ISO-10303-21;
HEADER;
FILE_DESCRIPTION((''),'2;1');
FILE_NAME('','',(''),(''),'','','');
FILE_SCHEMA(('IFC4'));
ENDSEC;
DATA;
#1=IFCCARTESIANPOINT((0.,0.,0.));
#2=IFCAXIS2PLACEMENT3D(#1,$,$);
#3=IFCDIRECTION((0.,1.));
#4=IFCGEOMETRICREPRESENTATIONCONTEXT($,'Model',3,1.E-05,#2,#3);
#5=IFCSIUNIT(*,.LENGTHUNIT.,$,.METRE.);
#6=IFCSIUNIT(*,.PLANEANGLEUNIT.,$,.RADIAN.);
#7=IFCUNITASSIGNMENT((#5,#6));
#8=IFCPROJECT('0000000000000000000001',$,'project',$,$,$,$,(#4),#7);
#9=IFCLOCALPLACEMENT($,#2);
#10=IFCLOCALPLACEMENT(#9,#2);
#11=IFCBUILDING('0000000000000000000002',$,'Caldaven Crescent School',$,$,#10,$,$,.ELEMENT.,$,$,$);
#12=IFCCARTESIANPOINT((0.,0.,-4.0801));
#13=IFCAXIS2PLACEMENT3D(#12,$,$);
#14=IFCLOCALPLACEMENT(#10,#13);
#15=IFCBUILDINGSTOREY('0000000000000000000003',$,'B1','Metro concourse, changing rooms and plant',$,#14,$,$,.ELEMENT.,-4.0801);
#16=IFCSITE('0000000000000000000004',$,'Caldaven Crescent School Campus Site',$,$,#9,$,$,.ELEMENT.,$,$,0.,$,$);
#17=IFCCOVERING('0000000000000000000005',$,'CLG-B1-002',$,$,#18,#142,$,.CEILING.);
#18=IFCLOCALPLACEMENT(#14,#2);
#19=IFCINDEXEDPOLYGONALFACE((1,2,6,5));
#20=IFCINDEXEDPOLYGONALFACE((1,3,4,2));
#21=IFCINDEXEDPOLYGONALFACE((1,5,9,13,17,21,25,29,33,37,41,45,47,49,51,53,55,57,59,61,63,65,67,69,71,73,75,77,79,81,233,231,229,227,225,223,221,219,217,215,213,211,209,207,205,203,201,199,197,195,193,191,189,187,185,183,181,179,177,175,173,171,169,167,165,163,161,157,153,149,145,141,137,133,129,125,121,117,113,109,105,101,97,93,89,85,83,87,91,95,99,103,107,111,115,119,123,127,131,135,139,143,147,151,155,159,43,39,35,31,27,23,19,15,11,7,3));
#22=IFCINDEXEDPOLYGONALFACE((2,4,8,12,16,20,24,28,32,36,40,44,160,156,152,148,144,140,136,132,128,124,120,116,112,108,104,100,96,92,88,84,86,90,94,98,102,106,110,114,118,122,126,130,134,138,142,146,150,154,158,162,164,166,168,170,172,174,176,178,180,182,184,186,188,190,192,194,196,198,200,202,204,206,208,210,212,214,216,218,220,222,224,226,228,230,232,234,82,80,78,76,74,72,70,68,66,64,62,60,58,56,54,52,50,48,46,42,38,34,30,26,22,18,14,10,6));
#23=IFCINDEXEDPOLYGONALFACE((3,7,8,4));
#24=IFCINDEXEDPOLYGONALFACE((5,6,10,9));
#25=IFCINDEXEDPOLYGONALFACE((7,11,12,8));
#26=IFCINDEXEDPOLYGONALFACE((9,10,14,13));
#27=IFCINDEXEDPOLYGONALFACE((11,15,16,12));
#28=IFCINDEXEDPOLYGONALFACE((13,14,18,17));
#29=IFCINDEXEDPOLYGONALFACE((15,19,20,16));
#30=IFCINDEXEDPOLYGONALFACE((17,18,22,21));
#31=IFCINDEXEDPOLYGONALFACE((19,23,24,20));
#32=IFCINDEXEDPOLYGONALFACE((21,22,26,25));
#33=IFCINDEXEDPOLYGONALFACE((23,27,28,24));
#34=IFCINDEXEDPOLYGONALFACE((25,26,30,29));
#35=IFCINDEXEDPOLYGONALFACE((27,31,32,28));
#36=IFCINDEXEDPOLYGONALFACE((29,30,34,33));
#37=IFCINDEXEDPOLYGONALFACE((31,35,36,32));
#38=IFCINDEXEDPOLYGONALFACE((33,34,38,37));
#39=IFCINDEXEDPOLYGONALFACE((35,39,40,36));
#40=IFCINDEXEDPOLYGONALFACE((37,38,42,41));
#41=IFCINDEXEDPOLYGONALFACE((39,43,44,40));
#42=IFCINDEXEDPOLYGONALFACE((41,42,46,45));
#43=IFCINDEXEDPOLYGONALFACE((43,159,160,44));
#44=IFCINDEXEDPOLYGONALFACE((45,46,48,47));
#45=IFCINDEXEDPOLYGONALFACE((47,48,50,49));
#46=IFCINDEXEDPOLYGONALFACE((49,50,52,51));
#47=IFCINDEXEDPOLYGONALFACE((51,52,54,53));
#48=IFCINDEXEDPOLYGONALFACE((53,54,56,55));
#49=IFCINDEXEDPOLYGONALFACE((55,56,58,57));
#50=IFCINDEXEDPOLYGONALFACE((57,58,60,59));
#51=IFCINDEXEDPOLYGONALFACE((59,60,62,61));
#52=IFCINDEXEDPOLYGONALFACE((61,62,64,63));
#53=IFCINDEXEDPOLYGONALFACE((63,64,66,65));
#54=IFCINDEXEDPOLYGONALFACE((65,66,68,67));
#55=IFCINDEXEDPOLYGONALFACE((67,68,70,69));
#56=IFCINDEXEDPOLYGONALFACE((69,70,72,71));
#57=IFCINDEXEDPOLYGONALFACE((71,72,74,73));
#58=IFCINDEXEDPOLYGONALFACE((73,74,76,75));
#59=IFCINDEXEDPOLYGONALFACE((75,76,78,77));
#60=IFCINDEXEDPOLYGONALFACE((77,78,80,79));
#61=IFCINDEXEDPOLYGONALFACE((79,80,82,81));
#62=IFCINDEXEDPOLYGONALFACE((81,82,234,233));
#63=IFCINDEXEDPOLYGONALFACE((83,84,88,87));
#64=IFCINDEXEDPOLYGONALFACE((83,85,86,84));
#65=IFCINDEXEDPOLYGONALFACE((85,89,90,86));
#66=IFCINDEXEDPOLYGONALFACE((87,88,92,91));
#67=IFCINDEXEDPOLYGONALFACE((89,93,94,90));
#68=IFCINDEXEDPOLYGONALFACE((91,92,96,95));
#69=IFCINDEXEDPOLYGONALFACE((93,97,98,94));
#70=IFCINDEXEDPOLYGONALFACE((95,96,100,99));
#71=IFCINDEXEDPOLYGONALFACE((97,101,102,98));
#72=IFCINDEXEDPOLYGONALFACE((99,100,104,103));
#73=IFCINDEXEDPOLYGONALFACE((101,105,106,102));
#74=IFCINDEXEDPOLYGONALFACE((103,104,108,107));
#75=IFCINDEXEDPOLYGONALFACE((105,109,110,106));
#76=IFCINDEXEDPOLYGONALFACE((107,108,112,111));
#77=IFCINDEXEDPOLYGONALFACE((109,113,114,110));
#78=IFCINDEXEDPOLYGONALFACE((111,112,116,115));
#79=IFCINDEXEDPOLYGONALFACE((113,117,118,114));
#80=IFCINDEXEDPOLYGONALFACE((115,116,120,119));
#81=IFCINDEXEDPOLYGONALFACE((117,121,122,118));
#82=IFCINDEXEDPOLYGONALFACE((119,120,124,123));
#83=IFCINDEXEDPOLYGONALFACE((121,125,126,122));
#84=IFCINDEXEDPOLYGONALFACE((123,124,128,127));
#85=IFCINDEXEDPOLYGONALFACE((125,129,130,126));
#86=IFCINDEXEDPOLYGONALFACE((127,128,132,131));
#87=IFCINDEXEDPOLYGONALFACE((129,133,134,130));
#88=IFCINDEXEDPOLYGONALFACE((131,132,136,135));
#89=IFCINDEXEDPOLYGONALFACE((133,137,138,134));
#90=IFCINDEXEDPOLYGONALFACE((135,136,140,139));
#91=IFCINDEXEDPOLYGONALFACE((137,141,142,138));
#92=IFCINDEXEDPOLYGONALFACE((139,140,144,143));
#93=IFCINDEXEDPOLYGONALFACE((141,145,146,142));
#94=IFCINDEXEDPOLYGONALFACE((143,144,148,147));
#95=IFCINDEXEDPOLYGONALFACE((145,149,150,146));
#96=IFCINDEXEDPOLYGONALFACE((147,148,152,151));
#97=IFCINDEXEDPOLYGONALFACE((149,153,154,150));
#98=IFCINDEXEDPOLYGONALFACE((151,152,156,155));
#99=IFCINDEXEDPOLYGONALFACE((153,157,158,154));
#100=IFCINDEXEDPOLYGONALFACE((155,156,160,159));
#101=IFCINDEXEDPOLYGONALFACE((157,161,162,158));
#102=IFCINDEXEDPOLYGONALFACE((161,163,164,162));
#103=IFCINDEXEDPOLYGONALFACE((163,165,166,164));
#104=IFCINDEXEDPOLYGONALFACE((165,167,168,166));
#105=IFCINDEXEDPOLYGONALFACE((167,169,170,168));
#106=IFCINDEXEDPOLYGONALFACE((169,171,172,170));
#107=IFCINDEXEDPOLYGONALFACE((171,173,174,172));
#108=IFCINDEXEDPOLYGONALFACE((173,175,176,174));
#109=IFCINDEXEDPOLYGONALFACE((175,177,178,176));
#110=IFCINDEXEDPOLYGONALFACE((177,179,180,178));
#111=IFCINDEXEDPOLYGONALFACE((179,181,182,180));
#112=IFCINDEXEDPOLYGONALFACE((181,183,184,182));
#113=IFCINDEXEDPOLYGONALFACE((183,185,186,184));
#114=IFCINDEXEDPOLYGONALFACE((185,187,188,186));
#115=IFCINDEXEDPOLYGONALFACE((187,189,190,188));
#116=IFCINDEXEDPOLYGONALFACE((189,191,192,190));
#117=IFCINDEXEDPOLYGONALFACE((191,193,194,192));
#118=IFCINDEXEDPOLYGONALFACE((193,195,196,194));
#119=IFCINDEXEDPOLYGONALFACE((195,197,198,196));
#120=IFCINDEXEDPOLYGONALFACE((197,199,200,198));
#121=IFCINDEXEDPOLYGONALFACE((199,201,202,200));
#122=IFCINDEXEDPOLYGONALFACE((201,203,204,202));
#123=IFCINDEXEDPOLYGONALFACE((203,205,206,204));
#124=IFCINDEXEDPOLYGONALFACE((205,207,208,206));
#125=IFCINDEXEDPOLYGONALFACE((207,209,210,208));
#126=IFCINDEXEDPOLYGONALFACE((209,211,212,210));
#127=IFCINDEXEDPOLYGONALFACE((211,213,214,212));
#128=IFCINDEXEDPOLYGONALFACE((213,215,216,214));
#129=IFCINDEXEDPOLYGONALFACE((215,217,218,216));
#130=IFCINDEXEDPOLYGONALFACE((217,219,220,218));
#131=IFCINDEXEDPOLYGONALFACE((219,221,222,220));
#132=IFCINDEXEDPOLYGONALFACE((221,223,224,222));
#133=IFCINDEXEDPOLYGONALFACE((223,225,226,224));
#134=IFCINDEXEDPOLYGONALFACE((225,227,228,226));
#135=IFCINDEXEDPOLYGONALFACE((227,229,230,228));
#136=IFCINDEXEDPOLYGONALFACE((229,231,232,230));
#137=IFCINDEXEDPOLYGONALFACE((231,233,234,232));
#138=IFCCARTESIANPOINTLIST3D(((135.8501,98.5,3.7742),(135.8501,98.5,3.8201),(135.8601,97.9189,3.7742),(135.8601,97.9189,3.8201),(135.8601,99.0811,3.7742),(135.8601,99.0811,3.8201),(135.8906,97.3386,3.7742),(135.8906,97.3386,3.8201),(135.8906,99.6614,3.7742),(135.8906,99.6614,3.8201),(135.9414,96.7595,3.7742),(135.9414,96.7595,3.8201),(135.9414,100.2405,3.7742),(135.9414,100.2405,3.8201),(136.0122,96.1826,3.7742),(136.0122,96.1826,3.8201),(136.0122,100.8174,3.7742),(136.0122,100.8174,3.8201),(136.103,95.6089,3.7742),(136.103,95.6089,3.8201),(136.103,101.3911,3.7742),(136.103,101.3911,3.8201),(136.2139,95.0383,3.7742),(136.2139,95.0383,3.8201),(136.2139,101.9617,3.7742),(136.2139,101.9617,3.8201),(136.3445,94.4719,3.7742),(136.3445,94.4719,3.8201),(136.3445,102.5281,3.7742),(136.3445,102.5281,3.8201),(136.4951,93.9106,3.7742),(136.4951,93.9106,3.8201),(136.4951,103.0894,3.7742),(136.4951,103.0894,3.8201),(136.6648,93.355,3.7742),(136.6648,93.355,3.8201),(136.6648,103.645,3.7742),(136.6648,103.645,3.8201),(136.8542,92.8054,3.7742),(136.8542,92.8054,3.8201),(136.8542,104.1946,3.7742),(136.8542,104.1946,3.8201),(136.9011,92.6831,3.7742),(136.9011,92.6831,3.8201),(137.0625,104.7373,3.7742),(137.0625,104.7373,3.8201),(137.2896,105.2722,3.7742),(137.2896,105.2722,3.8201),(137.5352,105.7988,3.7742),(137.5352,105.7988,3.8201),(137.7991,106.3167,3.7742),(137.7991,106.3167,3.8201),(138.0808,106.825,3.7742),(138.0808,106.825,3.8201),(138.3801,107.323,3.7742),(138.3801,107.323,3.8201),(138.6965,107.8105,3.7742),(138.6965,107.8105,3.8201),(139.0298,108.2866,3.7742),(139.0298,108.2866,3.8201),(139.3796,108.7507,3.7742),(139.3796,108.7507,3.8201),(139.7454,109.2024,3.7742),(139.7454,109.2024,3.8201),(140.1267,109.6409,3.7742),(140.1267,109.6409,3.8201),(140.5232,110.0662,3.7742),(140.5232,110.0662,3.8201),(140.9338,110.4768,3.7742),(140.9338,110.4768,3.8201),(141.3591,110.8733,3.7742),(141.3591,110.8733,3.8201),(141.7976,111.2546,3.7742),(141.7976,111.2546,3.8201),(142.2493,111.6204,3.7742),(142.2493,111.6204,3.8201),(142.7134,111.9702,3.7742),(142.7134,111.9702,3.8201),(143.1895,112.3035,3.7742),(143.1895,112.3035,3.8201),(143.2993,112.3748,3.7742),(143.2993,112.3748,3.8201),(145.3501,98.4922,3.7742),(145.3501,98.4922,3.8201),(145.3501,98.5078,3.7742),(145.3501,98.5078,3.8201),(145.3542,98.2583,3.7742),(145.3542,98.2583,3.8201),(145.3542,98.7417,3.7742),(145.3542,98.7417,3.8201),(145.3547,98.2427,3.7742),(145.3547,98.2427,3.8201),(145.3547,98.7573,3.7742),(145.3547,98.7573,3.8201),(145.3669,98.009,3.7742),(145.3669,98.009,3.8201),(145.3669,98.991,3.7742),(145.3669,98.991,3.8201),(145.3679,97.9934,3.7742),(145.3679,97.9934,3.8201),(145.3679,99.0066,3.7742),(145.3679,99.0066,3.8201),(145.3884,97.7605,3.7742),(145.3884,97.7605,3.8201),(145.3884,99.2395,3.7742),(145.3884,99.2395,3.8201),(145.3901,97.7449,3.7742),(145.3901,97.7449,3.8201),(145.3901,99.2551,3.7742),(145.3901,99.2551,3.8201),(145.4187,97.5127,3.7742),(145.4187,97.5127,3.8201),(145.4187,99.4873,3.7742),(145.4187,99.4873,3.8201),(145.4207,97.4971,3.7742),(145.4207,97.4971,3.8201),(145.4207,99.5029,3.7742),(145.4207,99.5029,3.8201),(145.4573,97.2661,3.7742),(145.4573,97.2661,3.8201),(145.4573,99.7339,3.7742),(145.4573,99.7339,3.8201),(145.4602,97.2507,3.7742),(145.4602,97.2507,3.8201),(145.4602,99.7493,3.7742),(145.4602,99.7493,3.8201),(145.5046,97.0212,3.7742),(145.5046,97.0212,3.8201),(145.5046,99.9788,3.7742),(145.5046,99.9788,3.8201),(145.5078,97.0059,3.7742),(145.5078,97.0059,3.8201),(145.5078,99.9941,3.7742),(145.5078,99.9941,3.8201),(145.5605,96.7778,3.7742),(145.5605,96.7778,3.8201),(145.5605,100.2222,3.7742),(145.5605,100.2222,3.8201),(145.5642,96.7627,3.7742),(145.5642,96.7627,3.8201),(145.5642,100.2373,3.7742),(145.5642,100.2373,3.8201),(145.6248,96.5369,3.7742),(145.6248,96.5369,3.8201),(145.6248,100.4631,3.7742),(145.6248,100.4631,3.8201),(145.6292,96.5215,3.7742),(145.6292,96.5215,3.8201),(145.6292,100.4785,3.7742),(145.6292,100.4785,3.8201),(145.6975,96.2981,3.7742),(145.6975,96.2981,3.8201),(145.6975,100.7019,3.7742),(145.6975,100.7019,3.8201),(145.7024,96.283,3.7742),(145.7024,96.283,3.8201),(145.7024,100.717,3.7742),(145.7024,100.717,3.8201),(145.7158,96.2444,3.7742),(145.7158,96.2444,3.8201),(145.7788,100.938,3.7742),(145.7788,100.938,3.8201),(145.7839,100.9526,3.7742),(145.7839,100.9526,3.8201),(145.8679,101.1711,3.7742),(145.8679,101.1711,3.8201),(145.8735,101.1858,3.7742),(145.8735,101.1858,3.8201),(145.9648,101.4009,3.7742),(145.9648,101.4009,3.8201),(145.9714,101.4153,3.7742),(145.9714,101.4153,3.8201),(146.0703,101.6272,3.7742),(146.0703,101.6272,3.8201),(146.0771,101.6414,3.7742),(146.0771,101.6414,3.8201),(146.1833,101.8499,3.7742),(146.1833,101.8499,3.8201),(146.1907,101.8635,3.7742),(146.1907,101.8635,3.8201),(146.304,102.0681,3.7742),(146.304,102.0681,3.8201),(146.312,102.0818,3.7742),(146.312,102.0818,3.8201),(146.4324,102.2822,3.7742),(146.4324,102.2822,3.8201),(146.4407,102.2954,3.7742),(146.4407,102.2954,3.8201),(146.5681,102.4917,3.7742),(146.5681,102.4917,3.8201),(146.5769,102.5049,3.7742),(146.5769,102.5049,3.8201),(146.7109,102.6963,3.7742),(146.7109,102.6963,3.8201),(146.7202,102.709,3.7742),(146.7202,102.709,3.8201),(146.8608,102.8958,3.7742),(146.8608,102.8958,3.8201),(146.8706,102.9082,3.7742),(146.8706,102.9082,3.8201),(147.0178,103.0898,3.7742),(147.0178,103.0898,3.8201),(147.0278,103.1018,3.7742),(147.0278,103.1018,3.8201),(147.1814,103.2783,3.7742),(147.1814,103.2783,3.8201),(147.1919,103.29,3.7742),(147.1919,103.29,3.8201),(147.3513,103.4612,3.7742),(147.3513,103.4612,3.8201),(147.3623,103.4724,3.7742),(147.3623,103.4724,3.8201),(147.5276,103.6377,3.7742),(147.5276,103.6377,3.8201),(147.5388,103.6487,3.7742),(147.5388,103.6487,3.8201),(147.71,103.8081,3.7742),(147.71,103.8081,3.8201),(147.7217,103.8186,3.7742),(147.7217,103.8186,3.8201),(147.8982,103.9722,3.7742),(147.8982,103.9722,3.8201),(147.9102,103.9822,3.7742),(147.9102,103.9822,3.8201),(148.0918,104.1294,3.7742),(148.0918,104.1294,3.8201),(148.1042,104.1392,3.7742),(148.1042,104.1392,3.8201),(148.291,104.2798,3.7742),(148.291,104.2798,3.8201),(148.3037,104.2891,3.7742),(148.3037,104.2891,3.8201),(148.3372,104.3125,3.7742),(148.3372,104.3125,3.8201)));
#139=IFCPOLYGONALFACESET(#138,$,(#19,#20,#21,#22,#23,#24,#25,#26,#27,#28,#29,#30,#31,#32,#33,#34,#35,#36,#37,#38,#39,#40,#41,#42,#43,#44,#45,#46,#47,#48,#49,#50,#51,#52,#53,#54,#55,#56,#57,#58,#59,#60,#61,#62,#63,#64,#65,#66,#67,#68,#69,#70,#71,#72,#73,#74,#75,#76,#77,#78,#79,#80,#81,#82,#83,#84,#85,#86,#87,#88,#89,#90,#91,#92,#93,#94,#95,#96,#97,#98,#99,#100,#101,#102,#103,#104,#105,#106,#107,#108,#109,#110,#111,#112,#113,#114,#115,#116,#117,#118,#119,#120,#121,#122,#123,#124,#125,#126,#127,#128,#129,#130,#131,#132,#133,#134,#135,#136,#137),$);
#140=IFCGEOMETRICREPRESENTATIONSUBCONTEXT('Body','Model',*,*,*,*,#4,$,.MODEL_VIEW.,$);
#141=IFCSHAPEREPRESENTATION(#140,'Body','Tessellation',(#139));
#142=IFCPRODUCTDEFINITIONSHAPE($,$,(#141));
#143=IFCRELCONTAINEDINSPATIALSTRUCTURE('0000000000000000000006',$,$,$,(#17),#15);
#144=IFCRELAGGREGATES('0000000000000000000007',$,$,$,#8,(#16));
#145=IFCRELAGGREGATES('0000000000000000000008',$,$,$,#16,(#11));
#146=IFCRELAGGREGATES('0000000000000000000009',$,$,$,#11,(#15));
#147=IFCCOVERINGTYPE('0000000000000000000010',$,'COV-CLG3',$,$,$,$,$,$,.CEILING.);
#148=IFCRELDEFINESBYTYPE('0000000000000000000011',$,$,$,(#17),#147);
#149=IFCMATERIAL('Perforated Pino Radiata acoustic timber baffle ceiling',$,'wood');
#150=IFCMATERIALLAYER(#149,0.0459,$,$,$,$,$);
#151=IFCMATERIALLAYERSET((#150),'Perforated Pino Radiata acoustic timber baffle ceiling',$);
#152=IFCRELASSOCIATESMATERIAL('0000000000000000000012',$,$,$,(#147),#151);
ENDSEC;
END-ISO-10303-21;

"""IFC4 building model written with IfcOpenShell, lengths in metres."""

from ifc_helpers import new_model, si_unit, direction, frame, origin, place, context, subcontext, project, spatial, polyline, outline, extrude, material, layer, layer_set, type_object, element, save


model = new_model("IFC4")

# Units and contexts
model_context = context("Model", 3, precision=1e-05, world=origin(), true_north=direction((0.0, 1.0)))
body_context = subcontext(model_context, "Body", "Model", "MODEL_VIEW")
ifc_project = project(units=[si_unit("LENGTHUNIT", "METRE"), si_unit("PLANEANGLEUNIT", "RADIAN")], contexts=[model_context])

# Site, building, storey
site_placement = place(None, origin())
site = spatial("IfcSite", under=ifc_project, at=site_placement, Name="Caldaven Crescent School Campus Site", CompositionType="ELEMENT", RefElevation=0.0)
building_placement = place(site_placement, origin())
building = spatial("IfcBuilding", under=site, at=building_placement, Name="Caldaven Crescent School", CompositionType="ELEMENT")
storey_placement = place(building_placement, frame((0.0, 0.0, -4.0801)))
storey = spatial("IfcBuildingStorey", under=building, at=storey_placement, Name="B1", Description="Metro concourse, changing rooms and plant", CompositionType="ELEMENT", Elevation=-4.0801)

# Covering
ifc_material_1 = material(Name="Perforated Pino Radiata acoustic timber baffle ceiling", Category="wood")
ifc_layer_1 = layer(ifc_material_1, 0.0459)
ifc_layer_set_1 = layer_set([ifc_layer_1], Name="Perforated Pino Radiata acoustic timber baffle ceiling")
covering_type_1 = type_object("IfcCoveringType", Name="COV-CLG3", PredefinedType="CEILING", material=ifc_layer_set_1)
covering_1_placement = place(storey_placement, frame((0.0, 0.0, 3.7742)))
element("IfcCovering", 1, at=covering_1_placement, inside=storey, type_object=covering_type_1, Name="CLG-B1-002", PredefinedType="CEILING", context=body_context, shape_type="SweptSolid", body=[
    extrude(outline(polyline([(136.9011, 92.6831), (136.8542, 92.8054), (136.6648, 93.355), (136.4951, 93.9106), (136.3445, 94.4719), (136.2139, 95.0383), (136.103, 95.6089), (136.0122, 96.1826), (135.9414, 96.7595), (135.8906, 97.3386), (135.8601, 97.9189), (135.8501, 98.5), (135.8601, 99.0811), (135.8906, 99.6614), (135.9414, 100.2405), (136.0122, 100.8174), (136.103, 101.3911), (136.2139, 101.9617), (136.3445, 102.5281), (136.4951, 103.0894), (136.6648, 103.645), (136.8542, 104.1946), (137.0625, 104.7373), (137.2896, 105.2722), (137.5352, 105.7988), (137.7991, 106.3167), (138.0808, 106.825), (138.3801, 107.323), (138.6965, 107.8105), (139.0298, 108.2866), (139.3796, 108.7507), (139.7454, 109.2024), (140.1267, 109.6409), (140.5232, 110.0662), (140.9338, 110.4768), (141.3591, 110.8733), (141.7976, 111.2546), (142.2493, 111.6204), (142.7134, 111.9702), (143.1895, 112.3035), (143.2993, 112.3748), (148.3372, 104.3125), (148.3037, 104.2891), (148.291, 104.2798), (148.1042, 104.1392), (148.0918, 104.1294), (147.9102, 103.9822), (147.8982, 103.9722), (147.7217, 103.8186), (147.71, 103.8081), (147.5388, 103.6487), (147.5276, 103.6377), (147.3623, 103.4724), (147.3513, 103.4612), (147.1919, 103.29), (147.1814, 103.2783), (147.0278, 103.1018), (147.0178, 103.0898), (146.8706, 102.9082), (146.8608, 102.8958), (146.7202, 102.709), (146.7109, 102.6963), (146.5769, 102.5049), (146.5681, 102.4917), (146.4407, 102.2954), (146.4324, 102.2822), (146.312, 102.0818), (146.304, 102.0681), (146.1907, 101.8635), (146.1833, 101.8499), (146.0771, 101.6414), (146.0703, 101.6272), (145.9714, 101.4153), (145.9648, 101.4009), (145.8735, 101.1858), (145.8679, 101.1711), (145.7839, 100.9526), (145.7788, 100.938), (145.7024, 100.717), (145.6975, 100.7019), (145.6292, 100.4785), (145.6248, 100.4631), (145.5642, 100.2373), (145.5605, 100.2222), (145.5078, 99.9941), (145.5046, 99.9788), (145.4602, 99.7493), (145.4573, 99.7339), (145.4207, 99.5029), (145.4187, 99.4873), (145.3901, 99.2551), (145.3884, 99.2395), (145.3679, 99.0066), (145.3669, 98.991), (145.3547, 98.7573), (145.3542, 98.7417), (145.3501, 98.5078), (145.3501, 98.4922), (145.3542, 98.2583), (145.3547, 98.2427), (145.3669, 98.009), (145.3679, 97.9934), (145.3884, 97.7605), (145.3901, 97.7449), (145.4187, 97.5127), (145.4207, 97.4971), (145.4573, 97.2661), (145.4602, 97.2507), (145.5046, 97.0212), (145.5078, 97.0059), (145.5605, 96.7778), (145.5642, 96.7627), (145.6248, 96.5369), (145.6292, 96.5215), (145.6975, 96.2981), (145.7024, 96.283), (145.7158, 96.2444), (136.9011, 92.6831)])), origin(), (0.0, 0.0, 1.0), 0.0459),
])

save(model, "model.ifc")
